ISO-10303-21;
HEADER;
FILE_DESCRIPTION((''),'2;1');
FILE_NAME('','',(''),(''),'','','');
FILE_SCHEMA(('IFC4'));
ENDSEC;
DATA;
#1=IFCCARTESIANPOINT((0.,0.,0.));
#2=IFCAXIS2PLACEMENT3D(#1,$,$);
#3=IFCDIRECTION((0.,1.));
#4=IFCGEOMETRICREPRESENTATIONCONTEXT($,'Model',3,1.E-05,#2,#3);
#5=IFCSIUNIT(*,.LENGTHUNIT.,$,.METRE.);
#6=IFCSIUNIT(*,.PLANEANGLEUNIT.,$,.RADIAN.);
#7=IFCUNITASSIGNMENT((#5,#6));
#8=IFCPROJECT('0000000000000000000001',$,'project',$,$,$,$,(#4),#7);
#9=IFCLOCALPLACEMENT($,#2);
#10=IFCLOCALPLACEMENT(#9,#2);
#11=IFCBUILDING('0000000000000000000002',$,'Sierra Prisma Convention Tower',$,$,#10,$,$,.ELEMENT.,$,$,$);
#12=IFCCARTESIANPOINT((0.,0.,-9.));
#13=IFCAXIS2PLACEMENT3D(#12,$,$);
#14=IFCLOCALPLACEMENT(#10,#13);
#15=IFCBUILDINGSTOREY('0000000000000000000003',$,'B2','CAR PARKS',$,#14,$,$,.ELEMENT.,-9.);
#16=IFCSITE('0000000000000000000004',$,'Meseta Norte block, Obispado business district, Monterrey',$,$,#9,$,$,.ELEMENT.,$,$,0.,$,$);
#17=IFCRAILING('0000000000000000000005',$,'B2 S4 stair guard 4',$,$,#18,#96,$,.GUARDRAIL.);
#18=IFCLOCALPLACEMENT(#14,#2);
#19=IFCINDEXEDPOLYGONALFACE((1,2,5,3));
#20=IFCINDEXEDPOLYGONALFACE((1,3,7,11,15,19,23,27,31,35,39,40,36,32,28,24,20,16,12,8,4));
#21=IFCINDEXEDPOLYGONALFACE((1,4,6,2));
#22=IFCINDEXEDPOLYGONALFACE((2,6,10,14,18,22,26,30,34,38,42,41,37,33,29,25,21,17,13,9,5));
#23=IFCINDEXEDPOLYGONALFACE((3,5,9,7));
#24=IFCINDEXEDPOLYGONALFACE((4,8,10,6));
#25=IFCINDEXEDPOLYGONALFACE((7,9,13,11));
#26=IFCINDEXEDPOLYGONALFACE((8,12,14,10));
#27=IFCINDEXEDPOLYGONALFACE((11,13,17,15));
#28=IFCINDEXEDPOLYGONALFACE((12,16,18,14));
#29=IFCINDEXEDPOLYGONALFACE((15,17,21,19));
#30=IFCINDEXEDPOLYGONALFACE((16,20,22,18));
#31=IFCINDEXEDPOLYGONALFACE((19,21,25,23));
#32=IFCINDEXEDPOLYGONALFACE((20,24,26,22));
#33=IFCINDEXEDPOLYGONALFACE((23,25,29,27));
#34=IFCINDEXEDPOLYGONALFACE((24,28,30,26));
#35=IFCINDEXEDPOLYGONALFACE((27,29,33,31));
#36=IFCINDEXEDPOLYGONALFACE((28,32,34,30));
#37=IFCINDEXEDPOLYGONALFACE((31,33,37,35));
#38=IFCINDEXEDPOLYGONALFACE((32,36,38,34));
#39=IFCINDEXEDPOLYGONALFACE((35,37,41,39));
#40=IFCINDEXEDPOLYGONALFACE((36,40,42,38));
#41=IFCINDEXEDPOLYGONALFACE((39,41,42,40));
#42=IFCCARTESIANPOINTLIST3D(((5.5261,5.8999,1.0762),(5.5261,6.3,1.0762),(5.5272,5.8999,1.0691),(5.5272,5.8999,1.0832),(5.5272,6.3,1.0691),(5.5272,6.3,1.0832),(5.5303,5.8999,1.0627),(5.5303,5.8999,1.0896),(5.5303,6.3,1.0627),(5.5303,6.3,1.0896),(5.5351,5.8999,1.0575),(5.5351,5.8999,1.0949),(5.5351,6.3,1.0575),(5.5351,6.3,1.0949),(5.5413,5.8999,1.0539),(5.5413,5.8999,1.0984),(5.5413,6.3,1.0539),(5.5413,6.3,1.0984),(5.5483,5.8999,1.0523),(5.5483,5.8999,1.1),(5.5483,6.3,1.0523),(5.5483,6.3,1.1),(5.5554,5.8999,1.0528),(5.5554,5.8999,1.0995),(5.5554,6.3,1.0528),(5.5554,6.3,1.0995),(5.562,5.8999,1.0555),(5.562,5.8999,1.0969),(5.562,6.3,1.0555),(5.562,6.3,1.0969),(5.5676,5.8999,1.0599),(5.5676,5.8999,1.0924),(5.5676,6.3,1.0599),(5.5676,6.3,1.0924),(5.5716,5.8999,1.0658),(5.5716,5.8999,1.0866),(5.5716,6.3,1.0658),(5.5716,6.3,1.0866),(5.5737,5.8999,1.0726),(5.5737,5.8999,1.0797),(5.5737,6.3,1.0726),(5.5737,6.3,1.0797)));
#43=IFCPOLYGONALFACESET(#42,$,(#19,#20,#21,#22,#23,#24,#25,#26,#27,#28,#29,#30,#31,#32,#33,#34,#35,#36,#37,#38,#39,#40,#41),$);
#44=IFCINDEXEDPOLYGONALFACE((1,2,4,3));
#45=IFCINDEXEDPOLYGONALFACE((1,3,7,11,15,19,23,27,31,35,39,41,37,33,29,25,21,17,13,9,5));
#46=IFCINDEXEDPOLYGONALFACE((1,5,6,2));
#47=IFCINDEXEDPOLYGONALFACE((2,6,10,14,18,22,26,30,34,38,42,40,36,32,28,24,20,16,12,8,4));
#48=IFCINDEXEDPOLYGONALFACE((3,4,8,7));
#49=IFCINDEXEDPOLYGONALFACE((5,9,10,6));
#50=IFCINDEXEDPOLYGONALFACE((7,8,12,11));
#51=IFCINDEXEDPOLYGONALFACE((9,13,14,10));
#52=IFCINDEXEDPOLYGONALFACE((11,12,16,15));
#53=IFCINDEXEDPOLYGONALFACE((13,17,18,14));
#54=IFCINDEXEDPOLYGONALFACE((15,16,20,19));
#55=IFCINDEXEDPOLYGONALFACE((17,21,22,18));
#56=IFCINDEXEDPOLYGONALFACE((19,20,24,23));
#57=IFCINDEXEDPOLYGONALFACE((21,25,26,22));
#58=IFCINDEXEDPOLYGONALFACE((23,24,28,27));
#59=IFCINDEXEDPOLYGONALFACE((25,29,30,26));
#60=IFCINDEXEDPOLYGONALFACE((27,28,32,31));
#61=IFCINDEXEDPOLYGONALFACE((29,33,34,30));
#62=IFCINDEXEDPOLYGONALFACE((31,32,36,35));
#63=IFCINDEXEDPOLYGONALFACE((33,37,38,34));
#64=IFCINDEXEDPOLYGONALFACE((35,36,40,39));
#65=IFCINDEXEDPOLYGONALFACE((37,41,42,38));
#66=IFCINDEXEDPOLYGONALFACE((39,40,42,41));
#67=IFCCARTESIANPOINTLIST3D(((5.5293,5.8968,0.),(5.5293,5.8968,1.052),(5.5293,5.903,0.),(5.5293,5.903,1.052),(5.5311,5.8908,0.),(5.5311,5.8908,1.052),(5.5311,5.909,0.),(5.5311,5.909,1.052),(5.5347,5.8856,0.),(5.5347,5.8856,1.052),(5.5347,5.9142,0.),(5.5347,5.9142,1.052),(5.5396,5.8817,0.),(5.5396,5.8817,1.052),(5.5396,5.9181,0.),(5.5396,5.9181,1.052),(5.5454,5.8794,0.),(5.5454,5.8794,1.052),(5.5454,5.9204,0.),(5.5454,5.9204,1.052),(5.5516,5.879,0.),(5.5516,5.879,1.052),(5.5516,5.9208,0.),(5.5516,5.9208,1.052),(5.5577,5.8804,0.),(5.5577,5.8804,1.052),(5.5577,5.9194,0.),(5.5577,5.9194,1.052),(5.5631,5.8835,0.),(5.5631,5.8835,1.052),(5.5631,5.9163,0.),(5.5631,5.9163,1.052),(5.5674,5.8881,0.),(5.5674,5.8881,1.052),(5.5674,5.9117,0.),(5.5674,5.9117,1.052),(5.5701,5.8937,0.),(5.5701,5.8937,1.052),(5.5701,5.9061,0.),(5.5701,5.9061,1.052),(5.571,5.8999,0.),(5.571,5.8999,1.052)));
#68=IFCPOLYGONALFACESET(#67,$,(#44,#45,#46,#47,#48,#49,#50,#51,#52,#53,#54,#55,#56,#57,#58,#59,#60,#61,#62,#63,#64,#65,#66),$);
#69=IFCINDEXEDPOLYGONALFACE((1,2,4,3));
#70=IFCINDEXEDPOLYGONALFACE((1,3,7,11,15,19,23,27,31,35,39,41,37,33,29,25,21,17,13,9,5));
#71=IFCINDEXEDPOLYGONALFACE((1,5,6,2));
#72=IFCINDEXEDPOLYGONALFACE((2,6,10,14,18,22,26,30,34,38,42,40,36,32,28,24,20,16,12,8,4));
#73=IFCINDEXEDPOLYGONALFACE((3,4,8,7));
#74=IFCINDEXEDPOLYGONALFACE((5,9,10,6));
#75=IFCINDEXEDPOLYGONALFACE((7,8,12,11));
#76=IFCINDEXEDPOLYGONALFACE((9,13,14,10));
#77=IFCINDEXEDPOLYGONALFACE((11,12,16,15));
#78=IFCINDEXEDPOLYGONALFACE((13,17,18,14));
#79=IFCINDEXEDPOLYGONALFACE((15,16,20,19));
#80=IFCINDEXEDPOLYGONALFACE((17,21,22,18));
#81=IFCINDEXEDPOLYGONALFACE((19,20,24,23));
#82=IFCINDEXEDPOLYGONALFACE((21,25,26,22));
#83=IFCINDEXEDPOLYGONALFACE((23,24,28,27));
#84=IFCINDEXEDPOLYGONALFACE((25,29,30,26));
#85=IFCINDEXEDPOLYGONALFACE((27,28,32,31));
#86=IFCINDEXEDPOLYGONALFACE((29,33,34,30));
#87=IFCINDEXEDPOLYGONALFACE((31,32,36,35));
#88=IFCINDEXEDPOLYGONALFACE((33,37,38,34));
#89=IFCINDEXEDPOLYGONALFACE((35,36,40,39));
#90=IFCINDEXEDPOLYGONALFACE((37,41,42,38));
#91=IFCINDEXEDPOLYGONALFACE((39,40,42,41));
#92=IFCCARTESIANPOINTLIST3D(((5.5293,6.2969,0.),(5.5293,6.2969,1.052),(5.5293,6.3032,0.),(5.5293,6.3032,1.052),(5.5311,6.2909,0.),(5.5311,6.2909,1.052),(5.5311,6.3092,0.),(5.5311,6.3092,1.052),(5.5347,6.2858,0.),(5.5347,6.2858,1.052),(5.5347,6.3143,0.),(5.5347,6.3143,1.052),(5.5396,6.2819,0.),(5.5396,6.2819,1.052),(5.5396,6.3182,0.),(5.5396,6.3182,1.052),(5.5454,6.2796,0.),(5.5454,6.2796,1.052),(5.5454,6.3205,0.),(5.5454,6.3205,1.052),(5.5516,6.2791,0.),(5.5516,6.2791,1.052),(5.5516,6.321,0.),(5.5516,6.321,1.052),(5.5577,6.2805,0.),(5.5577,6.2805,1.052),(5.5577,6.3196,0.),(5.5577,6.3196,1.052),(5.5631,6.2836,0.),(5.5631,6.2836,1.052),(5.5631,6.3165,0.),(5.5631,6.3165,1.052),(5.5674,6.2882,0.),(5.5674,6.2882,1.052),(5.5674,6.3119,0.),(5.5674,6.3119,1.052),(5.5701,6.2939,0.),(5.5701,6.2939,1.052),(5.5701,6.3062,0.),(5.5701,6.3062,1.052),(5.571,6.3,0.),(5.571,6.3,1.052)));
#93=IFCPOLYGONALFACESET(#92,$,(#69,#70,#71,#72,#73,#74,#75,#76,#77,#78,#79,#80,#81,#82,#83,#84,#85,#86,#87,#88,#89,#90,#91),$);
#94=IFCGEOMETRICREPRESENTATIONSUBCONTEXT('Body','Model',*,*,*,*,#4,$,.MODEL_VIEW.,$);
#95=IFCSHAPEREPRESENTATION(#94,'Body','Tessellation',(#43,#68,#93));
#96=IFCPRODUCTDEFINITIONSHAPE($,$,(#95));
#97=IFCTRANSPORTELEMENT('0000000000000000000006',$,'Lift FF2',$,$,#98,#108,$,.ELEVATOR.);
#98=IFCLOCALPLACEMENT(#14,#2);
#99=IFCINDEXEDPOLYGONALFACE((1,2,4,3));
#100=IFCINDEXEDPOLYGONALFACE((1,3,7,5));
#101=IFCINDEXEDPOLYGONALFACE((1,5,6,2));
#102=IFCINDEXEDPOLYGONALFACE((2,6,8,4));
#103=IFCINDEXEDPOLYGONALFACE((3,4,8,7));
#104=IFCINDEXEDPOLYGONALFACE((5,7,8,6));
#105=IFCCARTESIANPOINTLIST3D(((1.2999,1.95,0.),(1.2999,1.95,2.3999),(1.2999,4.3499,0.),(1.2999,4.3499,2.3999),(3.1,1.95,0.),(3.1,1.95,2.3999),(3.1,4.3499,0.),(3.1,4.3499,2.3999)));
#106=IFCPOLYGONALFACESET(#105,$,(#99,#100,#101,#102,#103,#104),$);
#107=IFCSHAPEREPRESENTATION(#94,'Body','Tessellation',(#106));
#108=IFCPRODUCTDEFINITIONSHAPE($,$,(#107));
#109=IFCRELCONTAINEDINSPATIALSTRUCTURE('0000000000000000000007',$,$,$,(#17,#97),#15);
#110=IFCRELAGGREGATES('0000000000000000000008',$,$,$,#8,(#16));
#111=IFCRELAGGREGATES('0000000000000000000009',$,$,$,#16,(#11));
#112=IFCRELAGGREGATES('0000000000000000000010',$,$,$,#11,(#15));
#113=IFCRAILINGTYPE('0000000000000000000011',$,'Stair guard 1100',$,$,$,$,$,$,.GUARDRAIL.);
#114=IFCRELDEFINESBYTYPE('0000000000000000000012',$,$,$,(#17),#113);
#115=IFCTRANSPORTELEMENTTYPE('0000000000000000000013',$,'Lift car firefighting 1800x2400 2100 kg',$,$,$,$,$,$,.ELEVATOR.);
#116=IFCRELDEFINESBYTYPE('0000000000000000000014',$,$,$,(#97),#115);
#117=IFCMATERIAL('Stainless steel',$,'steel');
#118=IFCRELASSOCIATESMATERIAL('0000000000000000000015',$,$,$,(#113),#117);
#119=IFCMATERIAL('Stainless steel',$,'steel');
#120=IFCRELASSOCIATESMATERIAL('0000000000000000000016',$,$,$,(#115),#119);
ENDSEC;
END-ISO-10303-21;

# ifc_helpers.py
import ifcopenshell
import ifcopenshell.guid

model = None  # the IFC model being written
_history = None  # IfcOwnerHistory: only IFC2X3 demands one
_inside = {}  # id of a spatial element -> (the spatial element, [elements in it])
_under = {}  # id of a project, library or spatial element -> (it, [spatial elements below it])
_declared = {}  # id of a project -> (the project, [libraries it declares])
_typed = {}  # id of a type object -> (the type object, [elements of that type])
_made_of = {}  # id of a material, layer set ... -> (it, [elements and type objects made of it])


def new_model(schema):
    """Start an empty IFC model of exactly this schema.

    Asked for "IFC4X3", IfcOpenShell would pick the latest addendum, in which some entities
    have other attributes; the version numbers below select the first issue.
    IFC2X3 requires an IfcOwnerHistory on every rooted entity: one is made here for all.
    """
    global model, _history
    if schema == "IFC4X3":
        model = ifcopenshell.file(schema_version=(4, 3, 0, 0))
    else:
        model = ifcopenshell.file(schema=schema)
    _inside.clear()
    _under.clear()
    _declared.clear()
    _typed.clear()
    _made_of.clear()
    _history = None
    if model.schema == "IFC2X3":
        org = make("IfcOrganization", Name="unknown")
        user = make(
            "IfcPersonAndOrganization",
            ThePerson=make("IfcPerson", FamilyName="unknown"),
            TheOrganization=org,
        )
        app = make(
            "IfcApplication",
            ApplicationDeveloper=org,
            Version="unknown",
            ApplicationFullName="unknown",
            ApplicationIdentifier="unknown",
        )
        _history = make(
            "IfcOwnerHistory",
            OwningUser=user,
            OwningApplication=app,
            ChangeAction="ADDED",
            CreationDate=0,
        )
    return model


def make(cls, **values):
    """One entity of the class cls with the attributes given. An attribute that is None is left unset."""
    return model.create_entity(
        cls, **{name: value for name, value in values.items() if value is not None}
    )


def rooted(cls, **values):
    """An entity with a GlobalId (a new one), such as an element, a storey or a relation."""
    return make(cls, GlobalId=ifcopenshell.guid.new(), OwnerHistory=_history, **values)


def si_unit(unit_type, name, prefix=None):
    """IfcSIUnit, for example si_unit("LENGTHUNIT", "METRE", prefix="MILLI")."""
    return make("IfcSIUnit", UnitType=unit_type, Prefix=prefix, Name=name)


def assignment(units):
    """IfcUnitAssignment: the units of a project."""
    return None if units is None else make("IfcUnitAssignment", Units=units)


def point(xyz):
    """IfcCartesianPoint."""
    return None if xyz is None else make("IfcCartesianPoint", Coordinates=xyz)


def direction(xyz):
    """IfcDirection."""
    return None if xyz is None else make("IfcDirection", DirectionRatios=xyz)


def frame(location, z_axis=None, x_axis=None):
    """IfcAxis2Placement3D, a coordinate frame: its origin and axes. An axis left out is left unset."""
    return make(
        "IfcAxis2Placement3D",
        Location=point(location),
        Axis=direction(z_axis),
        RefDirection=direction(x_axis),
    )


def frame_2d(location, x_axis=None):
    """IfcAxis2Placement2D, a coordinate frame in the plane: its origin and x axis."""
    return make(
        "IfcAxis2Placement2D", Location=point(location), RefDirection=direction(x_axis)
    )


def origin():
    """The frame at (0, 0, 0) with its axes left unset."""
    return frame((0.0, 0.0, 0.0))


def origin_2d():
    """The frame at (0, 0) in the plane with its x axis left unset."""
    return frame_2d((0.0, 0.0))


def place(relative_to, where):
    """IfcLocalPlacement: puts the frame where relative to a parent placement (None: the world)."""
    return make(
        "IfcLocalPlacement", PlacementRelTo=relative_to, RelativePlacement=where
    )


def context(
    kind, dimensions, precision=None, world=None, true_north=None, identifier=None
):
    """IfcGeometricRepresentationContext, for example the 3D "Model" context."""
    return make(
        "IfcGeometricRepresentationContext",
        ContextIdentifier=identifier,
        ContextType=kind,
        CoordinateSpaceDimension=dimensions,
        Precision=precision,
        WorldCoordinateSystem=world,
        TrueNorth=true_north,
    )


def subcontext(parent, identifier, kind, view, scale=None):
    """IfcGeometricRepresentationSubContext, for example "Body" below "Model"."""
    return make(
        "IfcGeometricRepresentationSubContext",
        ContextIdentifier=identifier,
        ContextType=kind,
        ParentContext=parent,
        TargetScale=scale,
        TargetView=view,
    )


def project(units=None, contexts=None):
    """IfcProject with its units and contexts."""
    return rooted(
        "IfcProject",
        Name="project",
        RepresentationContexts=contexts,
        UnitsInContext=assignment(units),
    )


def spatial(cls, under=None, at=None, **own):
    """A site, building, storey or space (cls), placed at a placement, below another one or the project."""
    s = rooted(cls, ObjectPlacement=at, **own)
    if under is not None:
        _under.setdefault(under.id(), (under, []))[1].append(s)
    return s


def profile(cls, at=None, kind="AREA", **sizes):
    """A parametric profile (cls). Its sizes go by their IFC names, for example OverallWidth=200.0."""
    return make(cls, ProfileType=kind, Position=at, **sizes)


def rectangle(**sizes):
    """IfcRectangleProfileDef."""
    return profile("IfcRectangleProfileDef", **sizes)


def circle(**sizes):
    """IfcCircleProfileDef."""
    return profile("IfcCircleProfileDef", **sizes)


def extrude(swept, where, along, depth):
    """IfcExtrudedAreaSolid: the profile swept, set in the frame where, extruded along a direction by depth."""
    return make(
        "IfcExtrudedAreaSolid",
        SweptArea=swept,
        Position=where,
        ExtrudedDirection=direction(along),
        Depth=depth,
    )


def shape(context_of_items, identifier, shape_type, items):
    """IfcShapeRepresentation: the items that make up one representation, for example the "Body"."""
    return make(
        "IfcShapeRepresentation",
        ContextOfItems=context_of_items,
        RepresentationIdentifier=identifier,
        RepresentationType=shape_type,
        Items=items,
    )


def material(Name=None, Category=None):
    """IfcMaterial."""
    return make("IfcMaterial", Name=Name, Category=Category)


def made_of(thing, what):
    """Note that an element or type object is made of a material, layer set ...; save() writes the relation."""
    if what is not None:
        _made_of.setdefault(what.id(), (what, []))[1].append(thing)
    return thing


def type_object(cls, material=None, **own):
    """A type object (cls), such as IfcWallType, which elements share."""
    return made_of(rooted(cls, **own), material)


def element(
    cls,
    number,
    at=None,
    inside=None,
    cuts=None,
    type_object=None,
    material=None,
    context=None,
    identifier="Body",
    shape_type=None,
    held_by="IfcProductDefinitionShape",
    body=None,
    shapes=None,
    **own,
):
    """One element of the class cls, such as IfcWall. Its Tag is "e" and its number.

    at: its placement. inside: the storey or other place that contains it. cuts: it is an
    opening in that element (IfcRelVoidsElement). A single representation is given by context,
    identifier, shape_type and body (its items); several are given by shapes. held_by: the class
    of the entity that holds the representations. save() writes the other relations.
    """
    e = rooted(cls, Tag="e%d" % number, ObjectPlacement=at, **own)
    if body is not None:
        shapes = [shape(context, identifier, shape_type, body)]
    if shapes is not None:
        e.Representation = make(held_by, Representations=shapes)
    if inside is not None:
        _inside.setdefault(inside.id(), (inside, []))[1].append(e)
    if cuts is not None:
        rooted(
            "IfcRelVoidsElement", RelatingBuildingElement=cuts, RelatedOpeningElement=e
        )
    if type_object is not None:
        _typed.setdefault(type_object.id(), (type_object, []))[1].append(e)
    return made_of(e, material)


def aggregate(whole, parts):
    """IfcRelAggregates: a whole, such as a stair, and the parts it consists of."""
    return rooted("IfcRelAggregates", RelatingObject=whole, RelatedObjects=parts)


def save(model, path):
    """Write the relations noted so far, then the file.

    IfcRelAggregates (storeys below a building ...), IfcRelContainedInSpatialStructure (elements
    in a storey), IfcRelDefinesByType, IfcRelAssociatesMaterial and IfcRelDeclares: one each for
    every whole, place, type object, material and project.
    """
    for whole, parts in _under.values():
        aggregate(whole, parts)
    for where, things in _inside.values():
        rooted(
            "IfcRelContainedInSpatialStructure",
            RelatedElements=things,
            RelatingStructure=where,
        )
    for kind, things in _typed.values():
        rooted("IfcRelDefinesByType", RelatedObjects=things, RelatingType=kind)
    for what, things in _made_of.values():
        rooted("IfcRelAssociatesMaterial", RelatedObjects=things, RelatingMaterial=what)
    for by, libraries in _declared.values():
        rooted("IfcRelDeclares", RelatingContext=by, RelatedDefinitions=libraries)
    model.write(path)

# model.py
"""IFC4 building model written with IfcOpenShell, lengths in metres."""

from ifc_helpers import new_model, si_unit, direction, frame, origin, origin_2d, place, context, subcontext, project, spatial, rectangle, circle, extrude, material, type_object, element, save


model = new_model("IFC4")

# Units and contexts
model_context = context("Model", 3, precision=1e-05, world=origin(), true_north=direction((0.0, 1.0)))
body_context = subcontext(model_context, "Body", "Model", "MODEL_VIEW")
ifc_project = project(units=[si_unit("LENGTHUNIT", "METRE"), si_unit("PLANEANGLEUNIT", "RADIAN")], contexts=[model_context])

# Site, building, storey
site_placement = place(None, origin())
site = spatial("IfcSite", under=ifc_project, at=site_placement, Name="Meseta Norte block, Obispado business district, Monterrey", CompositionType="ELEMENT", RefElevation=0.0)
building_placement = place(site_placement, origin())
building = spatial("IfcBuilding", under=site, at=building_placement, Name="Sierra Prisma Convention Tower", CompositionType="ELEMENT")
storey_placement = place(building_placement, frame((0.0, 0.0, -9.0)))
storey = spatial("IfcBuildingStorey", under=building, at=storey_placement, Name="B2", Description="CAR PARKS", CompositionType="ELEMENT", Elevation=-9.0)

# Railing
ifc_material_1 = material(Name="Stainless steel", Category="steel")
railing_type_1 = type_object("IfcRailingType", Name="Stair guard 1100", PredefinedType="GUARDRAIL", material=ifc_material_1)
railing_1_placement = place(storey_placement, frame((5.55, 5.8999, 0.0)))
element("IfcRailing", 1, at=railing_1_placement, inside=storey, type_object=railing_type_1, Name="B2 S4 stair guard 4", PredefinedType="GUARDRAIL", context=body_context, shape_type="SweptSolid", body=[
    extrude(circle(Radius=0.0239, at=origin_2d()), frame((0.0, 0.0, 1.0762), z_axis=(0.0, 1.0, 0.0), x_axis=(-1.0, 0.0, 0.0)), (0.0, 0.0, 1.0), 0.4001),
    extrude(circle(Radius=0.021, at=origin_2d()), origin(), (0.0, 0.0, 1.0), 1.052),
    extrude(circle(Radius=0.021, at=origin_2d()), frame((0.0, 0.4001, 0.0)), (0.0, 0.0, 1.0), 1.052),
])

# Transport element
ifc_material_2 = material(Name="Stainless steel", Category="steel")
transport_element_type = type_object("IfcTransportElementType", Name="Lift car firefighting 1800x2400 2100 kg", PredefinedType="ELEVATOR", material=ifc_material_2)
transport_element_placement = place(storey_placement, frame((2.2, 3.1499, 0.0), z_axis=(0.0, 0.0, 1.0), x_axis=(1.0, 0.0, 0.0)))
element("IfcTransportElement", 2, at=transport_element_placement, inside=storey, type_object=transport_element_type, Name="Lift FF2", PredefinedType="ELEVATOR", context=body_context, shape_type="SweptSolid", body=[
    extrude(rectangle(XDim=1.8, YDim=2.3999, at=origin_2d()), origin(), (0.0, 0.0, 1.0), 2.3999),
])

save(model, "model.ifc")
